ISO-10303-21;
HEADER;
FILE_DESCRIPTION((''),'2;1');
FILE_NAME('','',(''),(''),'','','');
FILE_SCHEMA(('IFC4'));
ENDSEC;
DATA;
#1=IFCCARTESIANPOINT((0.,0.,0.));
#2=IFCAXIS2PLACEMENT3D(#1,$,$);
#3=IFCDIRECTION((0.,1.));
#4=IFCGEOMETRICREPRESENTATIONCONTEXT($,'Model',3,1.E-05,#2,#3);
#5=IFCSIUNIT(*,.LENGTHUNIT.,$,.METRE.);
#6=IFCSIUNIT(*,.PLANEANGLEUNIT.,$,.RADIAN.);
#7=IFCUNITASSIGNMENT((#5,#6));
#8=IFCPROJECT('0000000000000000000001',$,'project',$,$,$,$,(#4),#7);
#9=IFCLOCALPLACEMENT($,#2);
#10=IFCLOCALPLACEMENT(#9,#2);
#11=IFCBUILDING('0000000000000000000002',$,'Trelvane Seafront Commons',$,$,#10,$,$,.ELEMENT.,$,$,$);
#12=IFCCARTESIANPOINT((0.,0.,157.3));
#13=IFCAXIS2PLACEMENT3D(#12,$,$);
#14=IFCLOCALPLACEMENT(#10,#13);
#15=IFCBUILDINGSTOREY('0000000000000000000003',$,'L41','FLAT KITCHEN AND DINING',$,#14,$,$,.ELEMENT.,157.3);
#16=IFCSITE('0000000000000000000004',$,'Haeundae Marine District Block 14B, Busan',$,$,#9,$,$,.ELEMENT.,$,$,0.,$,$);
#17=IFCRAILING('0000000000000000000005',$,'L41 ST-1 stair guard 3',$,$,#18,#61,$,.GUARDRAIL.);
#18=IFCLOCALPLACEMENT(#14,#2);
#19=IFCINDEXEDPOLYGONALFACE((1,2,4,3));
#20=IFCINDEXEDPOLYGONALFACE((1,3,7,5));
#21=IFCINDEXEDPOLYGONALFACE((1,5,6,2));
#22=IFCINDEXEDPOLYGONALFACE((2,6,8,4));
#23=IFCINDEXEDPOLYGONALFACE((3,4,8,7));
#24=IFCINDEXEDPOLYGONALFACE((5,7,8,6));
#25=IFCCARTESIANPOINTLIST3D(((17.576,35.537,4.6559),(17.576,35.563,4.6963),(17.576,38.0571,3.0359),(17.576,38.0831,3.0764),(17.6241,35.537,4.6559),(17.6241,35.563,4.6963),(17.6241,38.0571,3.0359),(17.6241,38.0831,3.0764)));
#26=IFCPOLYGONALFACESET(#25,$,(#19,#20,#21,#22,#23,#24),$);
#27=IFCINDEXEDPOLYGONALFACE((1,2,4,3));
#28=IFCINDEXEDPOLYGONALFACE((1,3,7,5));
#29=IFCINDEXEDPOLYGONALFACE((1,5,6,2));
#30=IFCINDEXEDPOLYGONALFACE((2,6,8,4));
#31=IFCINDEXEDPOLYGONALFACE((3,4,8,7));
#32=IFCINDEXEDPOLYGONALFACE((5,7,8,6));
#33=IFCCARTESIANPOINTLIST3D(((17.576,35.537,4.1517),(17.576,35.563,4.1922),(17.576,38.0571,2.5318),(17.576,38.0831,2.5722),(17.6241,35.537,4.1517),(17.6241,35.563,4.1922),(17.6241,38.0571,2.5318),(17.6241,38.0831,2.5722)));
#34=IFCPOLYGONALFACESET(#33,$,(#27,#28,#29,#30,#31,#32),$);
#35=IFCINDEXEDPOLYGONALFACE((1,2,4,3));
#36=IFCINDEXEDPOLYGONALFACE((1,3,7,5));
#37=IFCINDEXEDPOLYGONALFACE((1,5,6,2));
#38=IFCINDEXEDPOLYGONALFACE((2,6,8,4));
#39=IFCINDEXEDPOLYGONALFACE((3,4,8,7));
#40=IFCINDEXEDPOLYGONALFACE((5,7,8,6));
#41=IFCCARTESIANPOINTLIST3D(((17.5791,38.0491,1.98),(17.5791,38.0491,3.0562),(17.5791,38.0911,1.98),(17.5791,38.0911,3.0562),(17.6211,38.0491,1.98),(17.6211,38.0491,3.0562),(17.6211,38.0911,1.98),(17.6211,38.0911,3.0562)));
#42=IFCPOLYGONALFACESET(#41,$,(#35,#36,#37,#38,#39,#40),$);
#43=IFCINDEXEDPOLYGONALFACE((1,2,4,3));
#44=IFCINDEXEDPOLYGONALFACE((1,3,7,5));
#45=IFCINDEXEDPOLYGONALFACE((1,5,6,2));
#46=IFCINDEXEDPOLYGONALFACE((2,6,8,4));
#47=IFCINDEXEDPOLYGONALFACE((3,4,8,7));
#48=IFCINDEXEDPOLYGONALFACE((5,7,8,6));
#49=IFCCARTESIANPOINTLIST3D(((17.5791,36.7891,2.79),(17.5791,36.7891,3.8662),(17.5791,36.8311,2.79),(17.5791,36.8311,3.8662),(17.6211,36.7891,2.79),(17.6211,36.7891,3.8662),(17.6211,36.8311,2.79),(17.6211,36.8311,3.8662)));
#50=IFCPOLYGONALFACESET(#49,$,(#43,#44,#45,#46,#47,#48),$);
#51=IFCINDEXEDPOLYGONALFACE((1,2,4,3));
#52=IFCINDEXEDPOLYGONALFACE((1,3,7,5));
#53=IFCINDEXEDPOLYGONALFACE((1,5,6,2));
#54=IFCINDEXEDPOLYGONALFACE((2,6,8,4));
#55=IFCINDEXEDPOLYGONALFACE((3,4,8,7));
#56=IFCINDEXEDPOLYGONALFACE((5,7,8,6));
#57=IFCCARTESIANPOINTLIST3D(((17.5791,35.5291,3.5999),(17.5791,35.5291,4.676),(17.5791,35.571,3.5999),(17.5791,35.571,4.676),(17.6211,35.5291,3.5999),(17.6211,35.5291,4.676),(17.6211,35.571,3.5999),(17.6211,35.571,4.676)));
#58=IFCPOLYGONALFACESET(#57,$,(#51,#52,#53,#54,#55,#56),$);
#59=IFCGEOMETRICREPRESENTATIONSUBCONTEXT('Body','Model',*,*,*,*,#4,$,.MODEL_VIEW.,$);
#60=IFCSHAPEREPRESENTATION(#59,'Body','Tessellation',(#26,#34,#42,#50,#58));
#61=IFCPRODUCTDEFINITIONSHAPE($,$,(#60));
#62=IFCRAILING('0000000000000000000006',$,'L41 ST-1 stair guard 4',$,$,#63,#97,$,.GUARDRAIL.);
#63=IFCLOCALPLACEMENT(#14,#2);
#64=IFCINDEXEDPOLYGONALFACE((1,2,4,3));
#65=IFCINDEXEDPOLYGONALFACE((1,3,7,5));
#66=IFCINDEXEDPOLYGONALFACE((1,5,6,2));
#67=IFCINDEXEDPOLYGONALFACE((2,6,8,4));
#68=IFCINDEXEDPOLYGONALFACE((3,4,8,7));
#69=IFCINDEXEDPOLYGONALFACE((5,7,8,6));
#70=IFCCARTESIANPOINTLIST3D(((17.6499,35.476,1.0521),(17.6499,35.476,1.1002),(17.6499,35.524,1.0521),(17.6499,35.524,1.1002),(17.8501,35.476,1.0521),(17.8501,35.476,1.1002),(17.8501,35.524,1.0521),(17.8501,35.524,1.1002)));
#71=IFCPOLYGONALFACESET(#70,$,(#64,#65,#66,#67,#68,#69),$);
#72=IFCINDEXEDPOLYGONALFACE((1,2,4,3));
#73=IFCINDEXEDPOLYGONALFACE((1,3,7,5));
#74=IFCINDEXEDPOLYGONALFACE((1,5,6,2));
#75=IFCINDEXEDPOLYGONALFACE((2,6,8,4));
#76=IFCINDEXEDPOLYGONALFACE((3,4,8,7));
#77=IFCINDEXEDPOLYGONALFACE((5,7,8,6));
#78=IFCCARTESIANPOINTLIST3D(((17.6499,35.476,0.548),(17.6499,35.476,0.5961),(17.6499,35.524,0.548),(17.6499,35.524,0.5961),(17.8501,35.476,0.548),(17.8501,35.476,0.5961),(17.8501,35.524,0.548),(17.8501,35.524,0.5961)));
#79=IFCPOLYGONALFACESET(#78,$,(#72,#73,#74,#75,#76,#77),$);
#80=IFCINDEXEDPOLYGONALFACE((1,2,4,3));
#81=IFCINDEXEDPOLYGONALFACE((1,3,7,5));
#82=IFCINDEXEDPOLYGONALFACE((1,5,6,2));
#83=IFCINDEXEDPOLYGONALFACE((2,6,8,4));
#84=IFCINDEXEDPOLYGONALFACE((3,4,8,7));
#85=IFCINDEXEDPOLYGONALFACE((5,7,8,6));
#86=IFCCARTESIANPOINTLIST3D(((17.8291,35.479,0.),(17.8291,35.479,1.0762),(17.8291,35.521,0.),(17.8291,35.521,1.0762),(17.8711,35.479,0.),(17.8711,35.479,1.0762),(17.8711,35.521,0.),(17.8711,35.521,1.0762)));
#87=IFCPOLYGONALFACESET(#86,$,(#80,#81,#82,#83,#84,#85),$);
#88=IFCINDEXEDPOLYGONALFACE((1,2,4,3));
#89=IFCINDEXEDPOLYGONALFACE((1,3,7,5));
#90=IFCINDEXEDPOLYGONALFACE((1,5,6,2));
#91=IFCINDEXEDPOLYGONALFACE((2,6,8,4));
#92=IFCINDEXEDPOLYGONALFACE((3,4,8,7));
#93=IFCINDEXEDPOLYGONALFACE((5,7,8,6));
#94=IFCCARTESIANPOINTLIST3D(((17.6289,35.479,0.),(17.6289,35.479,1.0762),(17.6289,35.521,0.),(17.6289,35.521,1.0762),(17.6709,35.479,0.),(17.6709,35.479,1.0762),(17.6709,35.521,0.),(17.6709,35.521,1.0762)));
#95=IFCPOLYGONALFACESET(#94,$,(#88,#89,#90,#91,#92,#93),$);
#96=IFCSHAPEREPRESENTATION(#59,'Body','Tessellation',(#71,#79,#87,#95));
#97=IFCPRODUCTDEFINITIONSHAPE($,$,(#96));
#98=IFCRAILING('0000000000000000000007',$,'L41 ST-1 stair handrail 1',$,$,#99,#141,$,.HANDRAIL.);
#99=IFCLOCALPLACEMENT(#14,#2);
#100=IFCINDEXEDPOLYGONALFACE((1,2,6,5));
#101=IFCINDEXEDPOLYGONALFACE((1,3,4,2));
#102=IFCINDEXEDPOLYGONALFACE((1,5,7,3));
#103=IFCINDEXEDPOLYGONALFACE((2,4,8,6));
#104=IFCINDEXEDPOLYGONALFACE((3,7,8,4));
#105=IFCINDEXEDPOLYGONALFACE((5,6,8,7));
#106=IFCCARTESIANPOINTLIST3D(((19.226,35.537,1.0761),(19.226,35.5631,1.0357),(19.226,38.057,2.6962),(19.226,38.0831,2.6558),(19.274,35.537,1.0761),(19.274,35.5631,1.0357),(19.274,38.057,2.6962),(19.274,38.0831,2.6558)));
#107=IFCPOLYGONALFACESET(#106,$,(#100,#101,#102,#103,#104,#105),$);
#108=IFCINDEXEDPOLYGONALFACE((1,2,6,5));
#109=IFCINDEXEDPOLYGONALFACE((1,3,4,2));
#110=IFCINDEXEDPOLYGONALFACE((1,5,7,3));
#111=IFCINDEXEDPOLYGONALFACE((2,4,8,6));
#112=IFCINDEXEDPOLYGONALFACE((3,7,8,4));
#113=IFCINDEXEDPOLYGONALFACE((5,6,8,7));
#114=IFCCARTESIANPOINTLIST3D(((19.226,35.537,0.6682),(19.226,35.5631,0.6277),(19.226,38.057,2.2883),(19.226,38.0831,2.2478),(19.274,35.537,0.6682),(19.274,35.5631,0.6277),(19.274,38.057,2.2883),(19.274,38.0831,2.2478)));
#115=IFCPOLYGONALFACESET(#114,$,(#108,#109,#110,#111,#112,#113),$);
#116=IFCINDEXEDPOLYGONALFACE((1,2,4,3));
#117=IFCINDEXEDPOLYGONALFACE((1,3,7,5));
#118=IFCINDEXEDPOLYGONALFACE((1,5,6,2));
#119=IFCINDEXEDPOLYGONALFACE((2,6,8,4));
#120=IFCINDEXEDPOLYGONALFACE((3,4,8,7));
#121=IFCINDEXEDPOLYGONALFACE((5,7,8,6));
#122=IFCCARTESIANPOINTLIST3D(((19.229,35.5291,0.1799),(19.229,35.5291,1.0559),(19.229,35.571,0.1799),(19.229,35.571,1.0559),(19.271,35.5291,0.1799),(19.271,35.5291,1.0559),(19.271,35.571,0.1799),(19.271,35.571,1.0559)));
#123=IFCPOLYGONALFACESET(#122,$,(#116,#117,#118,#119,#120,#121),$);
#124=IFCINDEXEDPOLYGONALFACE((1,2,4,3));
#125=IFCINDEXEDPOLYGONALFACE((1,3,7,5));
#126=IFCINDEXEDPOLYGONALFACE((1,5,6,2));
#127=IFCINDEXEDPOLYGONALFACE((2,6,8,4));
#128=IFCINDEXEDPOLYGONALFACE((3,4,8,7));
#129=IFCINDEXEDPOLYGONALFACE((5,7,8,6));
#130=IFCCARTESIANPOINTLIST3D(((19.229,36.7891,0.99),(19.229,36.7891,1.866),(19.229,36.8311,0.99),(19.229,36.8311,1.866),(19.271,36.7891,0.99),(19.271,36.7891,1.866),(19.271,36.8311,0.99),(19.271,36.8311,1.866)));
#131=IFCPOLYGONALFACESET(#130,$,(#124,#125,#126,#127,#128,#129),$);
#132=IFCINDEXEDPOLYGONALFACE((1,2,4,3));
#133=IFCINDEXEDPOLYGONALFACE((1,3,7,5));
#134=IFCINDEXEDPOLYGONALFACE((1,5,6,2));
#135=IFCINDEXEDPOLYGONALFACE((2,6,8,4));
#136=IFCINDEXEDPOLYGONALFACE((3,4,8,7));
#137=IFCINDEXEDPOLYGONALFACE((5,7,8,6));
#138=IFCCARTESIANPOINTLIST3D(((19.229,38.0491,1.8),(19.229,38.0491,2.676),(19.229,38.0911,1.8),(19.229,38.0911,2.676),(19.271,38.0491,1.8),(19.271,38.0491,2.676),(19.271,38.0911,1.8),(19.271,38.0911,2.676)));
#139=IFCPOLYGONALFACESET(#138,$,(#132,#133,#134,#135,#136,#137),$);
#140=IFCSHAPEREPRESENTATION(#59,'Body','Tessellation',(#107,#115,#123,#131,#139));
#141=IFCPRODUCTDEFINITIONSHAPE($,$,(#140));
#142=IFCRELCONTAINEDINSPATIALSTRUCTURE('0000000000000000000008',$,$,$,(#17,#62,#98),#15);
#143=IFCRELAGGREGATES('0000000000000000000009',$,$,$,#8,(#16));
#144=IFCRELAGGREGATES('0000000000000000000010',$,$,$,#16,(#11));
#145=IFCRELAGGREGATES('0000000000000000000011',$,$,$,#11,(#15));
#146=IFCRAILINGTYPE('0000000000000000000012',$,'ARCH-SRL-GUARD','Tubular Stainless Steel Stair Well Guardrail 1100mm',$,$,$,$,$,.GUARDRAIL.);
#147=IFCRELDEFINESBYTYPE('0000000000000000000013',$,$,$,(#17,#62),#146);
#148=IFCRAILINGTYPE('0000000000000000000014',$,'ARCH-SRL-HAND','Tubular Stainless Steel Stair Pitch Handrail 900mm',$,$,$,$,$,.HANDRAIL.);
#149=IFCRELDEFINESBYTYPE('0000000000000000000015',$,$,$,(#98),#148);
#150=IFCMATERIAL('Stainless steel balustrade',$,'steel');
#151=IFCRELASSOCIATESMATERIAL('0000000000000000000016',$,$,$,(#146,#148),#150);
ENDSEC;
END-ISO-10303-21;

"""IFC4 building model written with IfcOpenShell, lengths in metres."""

from ifc_helpers import new_model, si_unit, direction, frame, origin, origin_2d, place, context, subcontext, project, spatial, rectangle, extrude, material, type_object, element, save


model = new_model("IFC4")

# Units and contexts
model_context = context("Model", 3, precision=1e-05, world=origin(), true_north=direction((0.0, 1.0)))
body_context = subcontext(model_context, "Body", "Model", "MODEL_VIEW")
ifc_project = project(units=[si_unit("LENGTHUNIT", "METRE"), si_unit("PLANEANGLEUNIT", "RADIAN")], contexts=[model_context])

# Site, building, storey
site_placement = place(None, origin())
site = spatial("IfcSite", under=ifc_project, at=site_placement, Name="Haeundae Marine District Block 14B, Busan", CompositionType="ELEMENT", RefElevation=0.0)
building_placement = place(site_placement, origin())
building = spatial("IfcBuilding", under=site, at=building_placement, Name="Trelvane Seafront Commons", CompositionType="ELEMENT")
storey_placement = place(building_placement, frame((0.0, 0.0, 157.3)))
storey = spatial("IfcBuildingStorey", under=building, at=storey_placement, Name="L41", Description="FLAT KITCHEN AND DINING", CompositionType="ELEMENT", Elevation=157.3)

# Shared definitions
ifc_material_1 = material(Name="Stainless steel balustrade", Category="steel")

# Railings
railing_type_1 = type_object("IfcRailingType", Name="ARCH-SRL-GUARD", Description="Tubular Stainless Steel Stair Well Guardrail 1100mm", PredefinedType="GUARDRAIL", material=ifc_material_1)
railing_1_placement = place(storey_placement, frame((17.6001, 38.0701, 1.98)))
element("IfcRailing", 1, at=railing_1_placement, inside=storey, type_object=railing_type_1, Name="L41 ST-1 stair guard 3", PredefinedType="GUARDRAIL", context=body_context, shape_type="SweptSolid", body=[
    extrude(rectangle(XDim=0.0481, YDim=0.0481, at=origin_2d()), frame((0.0, 0.0, 1.0762), z_axis=(0.0, -0.8412, 0.540725), x_axis=(1.0, 0.0, 0.0)), (0.0, 0.0, 1.0), 2.9958),
    extrude(rectangle(XDim=0.0481, YDim=0.0481, at=origin_2d()), frame((0.0, 0.0, 0.572), z_axis=(0.0, -0.8412, 0.540725), x_axis=(1.0, 0.0, 0.0)), (0.0, 0.0, 1.0), 2.9958),
    extrude(rectangle(XDim=0.042, YDim=0.042, at=origin_2d()), origin(), (0.0, 0.0, 1.0), 1.0762),
    extrude(rectangle(XDim=0.042, YDim=0.042, at=origin_2d()), frame((0.0, -1.26, 0.8101)), (0.0, 0.0, 1.0), 1.0762),
    extrude(rectangle(XDim=0.042, YDim=0.042, at=origin_2d()), frame((0.0, -2.52, 1.6199)), (0.0, 0.0, 1.0), 1.0762),
])
railing_2_placement = place(storey_placement, frame((17.8501, 35.5, 0.0)))
element("IfcRailing", 2, at=railing_2_placement, inside=storey, type_object=railing_type_1, Name="L41 ST-1 stair guard 4", PredefinedType="GUARDRAIL", context=body_context, shape_type="SweptSolid", body=[
    extrude(rectangle(XDim=0.0481, YDim=0.0481, at=origin_2d()), frame((0.0, 0.0, 1.0762), z_axis=(-1.0, 0.0, 0.0), x_axis=(0.0, -1.0, 0.0)), (0.0, 0.0, 1.0), 0.2002),
    extrude(rectangle(XDim=0.0481, YDim=0.0481, at=origin_2d()), frame((0.0, 0.0, 0.572), z_axis=(-1.0, 0.0, 0.0), x_axis=(0.0, -1.0, 0.0)), (0.0, 0.0, 1.0), 0.2002),
    extrude(rectangle(XDim=0.042, YDim=0.042, at=origin_2d()), origin(), (0.0, 0.0, 1.0), 1.0762),
    extrude(rectangle(XDim=0.042, YDim=0.042, at=origin_2d()), frame((-0.2002, 0.0, 0.0)), (0.0, 0.0, 1.0), 1.0762),
])
railing_type_2 = type_object("IfcRailingType", Name="ARCH-SRL-HAND", Description="Tubular Stainless Steel Stair Pitch Handrail 900mm", PredefinedType="HANDRAIL", material=ifc_material_1)
railing_3_placement = place(storey_placement, frame((19.25, 35.55, 0.1799)))
element("IfcRailing", 3, at=railing_3_placement, inside=storey, type_object=railing_type_2, Name="L41 ST-1 stair handrail 1", PredefinedType="HANDRAIL", context=body_context, shape_type="SweptSolid", body=[
    extrude(rectangle(XDim=0.0481, YDim=0.0481, at=origin_2d()), frame((0.0, 0.0, 0.876), z_axis=(0.0, 0.841163, 0.540782), x_axis=(-1.0, 0.0, 0.0)), (0.0, 0.0, 1.0), 2.9958),
    extrude(rectangle(XDim=0.0481, YDim=0.0481, at=origin_2d()), frame((0.0, 0.0, 0.468), z_axis=(0.0, 0.841163, 0.540782), x_axis=(-1.0, 0.0, 0.0)), (0.0, 0.0, 1.0), 2.9958),
    extrude(rectangle(XDim=0.042, YDim=0.042, at=origin_2d()), origin(), (0.0, 0.0, 1.0), 0.876),
    extrude(rectangle(XDim=0.042, YDim=0.042, at=origin_2d()), frame((0.0, 1.26, 0.8101)), (0.0, 0.0, 1.0), 0.876),
    extrude(rectangle(XDim=0.042, YDim=0.042, at=origin_2d()), frame((0.0, 2.52, 1.6201)), (0.0, 0.0, 1.0), 0.876),
])

save(model, "model.ifc")
